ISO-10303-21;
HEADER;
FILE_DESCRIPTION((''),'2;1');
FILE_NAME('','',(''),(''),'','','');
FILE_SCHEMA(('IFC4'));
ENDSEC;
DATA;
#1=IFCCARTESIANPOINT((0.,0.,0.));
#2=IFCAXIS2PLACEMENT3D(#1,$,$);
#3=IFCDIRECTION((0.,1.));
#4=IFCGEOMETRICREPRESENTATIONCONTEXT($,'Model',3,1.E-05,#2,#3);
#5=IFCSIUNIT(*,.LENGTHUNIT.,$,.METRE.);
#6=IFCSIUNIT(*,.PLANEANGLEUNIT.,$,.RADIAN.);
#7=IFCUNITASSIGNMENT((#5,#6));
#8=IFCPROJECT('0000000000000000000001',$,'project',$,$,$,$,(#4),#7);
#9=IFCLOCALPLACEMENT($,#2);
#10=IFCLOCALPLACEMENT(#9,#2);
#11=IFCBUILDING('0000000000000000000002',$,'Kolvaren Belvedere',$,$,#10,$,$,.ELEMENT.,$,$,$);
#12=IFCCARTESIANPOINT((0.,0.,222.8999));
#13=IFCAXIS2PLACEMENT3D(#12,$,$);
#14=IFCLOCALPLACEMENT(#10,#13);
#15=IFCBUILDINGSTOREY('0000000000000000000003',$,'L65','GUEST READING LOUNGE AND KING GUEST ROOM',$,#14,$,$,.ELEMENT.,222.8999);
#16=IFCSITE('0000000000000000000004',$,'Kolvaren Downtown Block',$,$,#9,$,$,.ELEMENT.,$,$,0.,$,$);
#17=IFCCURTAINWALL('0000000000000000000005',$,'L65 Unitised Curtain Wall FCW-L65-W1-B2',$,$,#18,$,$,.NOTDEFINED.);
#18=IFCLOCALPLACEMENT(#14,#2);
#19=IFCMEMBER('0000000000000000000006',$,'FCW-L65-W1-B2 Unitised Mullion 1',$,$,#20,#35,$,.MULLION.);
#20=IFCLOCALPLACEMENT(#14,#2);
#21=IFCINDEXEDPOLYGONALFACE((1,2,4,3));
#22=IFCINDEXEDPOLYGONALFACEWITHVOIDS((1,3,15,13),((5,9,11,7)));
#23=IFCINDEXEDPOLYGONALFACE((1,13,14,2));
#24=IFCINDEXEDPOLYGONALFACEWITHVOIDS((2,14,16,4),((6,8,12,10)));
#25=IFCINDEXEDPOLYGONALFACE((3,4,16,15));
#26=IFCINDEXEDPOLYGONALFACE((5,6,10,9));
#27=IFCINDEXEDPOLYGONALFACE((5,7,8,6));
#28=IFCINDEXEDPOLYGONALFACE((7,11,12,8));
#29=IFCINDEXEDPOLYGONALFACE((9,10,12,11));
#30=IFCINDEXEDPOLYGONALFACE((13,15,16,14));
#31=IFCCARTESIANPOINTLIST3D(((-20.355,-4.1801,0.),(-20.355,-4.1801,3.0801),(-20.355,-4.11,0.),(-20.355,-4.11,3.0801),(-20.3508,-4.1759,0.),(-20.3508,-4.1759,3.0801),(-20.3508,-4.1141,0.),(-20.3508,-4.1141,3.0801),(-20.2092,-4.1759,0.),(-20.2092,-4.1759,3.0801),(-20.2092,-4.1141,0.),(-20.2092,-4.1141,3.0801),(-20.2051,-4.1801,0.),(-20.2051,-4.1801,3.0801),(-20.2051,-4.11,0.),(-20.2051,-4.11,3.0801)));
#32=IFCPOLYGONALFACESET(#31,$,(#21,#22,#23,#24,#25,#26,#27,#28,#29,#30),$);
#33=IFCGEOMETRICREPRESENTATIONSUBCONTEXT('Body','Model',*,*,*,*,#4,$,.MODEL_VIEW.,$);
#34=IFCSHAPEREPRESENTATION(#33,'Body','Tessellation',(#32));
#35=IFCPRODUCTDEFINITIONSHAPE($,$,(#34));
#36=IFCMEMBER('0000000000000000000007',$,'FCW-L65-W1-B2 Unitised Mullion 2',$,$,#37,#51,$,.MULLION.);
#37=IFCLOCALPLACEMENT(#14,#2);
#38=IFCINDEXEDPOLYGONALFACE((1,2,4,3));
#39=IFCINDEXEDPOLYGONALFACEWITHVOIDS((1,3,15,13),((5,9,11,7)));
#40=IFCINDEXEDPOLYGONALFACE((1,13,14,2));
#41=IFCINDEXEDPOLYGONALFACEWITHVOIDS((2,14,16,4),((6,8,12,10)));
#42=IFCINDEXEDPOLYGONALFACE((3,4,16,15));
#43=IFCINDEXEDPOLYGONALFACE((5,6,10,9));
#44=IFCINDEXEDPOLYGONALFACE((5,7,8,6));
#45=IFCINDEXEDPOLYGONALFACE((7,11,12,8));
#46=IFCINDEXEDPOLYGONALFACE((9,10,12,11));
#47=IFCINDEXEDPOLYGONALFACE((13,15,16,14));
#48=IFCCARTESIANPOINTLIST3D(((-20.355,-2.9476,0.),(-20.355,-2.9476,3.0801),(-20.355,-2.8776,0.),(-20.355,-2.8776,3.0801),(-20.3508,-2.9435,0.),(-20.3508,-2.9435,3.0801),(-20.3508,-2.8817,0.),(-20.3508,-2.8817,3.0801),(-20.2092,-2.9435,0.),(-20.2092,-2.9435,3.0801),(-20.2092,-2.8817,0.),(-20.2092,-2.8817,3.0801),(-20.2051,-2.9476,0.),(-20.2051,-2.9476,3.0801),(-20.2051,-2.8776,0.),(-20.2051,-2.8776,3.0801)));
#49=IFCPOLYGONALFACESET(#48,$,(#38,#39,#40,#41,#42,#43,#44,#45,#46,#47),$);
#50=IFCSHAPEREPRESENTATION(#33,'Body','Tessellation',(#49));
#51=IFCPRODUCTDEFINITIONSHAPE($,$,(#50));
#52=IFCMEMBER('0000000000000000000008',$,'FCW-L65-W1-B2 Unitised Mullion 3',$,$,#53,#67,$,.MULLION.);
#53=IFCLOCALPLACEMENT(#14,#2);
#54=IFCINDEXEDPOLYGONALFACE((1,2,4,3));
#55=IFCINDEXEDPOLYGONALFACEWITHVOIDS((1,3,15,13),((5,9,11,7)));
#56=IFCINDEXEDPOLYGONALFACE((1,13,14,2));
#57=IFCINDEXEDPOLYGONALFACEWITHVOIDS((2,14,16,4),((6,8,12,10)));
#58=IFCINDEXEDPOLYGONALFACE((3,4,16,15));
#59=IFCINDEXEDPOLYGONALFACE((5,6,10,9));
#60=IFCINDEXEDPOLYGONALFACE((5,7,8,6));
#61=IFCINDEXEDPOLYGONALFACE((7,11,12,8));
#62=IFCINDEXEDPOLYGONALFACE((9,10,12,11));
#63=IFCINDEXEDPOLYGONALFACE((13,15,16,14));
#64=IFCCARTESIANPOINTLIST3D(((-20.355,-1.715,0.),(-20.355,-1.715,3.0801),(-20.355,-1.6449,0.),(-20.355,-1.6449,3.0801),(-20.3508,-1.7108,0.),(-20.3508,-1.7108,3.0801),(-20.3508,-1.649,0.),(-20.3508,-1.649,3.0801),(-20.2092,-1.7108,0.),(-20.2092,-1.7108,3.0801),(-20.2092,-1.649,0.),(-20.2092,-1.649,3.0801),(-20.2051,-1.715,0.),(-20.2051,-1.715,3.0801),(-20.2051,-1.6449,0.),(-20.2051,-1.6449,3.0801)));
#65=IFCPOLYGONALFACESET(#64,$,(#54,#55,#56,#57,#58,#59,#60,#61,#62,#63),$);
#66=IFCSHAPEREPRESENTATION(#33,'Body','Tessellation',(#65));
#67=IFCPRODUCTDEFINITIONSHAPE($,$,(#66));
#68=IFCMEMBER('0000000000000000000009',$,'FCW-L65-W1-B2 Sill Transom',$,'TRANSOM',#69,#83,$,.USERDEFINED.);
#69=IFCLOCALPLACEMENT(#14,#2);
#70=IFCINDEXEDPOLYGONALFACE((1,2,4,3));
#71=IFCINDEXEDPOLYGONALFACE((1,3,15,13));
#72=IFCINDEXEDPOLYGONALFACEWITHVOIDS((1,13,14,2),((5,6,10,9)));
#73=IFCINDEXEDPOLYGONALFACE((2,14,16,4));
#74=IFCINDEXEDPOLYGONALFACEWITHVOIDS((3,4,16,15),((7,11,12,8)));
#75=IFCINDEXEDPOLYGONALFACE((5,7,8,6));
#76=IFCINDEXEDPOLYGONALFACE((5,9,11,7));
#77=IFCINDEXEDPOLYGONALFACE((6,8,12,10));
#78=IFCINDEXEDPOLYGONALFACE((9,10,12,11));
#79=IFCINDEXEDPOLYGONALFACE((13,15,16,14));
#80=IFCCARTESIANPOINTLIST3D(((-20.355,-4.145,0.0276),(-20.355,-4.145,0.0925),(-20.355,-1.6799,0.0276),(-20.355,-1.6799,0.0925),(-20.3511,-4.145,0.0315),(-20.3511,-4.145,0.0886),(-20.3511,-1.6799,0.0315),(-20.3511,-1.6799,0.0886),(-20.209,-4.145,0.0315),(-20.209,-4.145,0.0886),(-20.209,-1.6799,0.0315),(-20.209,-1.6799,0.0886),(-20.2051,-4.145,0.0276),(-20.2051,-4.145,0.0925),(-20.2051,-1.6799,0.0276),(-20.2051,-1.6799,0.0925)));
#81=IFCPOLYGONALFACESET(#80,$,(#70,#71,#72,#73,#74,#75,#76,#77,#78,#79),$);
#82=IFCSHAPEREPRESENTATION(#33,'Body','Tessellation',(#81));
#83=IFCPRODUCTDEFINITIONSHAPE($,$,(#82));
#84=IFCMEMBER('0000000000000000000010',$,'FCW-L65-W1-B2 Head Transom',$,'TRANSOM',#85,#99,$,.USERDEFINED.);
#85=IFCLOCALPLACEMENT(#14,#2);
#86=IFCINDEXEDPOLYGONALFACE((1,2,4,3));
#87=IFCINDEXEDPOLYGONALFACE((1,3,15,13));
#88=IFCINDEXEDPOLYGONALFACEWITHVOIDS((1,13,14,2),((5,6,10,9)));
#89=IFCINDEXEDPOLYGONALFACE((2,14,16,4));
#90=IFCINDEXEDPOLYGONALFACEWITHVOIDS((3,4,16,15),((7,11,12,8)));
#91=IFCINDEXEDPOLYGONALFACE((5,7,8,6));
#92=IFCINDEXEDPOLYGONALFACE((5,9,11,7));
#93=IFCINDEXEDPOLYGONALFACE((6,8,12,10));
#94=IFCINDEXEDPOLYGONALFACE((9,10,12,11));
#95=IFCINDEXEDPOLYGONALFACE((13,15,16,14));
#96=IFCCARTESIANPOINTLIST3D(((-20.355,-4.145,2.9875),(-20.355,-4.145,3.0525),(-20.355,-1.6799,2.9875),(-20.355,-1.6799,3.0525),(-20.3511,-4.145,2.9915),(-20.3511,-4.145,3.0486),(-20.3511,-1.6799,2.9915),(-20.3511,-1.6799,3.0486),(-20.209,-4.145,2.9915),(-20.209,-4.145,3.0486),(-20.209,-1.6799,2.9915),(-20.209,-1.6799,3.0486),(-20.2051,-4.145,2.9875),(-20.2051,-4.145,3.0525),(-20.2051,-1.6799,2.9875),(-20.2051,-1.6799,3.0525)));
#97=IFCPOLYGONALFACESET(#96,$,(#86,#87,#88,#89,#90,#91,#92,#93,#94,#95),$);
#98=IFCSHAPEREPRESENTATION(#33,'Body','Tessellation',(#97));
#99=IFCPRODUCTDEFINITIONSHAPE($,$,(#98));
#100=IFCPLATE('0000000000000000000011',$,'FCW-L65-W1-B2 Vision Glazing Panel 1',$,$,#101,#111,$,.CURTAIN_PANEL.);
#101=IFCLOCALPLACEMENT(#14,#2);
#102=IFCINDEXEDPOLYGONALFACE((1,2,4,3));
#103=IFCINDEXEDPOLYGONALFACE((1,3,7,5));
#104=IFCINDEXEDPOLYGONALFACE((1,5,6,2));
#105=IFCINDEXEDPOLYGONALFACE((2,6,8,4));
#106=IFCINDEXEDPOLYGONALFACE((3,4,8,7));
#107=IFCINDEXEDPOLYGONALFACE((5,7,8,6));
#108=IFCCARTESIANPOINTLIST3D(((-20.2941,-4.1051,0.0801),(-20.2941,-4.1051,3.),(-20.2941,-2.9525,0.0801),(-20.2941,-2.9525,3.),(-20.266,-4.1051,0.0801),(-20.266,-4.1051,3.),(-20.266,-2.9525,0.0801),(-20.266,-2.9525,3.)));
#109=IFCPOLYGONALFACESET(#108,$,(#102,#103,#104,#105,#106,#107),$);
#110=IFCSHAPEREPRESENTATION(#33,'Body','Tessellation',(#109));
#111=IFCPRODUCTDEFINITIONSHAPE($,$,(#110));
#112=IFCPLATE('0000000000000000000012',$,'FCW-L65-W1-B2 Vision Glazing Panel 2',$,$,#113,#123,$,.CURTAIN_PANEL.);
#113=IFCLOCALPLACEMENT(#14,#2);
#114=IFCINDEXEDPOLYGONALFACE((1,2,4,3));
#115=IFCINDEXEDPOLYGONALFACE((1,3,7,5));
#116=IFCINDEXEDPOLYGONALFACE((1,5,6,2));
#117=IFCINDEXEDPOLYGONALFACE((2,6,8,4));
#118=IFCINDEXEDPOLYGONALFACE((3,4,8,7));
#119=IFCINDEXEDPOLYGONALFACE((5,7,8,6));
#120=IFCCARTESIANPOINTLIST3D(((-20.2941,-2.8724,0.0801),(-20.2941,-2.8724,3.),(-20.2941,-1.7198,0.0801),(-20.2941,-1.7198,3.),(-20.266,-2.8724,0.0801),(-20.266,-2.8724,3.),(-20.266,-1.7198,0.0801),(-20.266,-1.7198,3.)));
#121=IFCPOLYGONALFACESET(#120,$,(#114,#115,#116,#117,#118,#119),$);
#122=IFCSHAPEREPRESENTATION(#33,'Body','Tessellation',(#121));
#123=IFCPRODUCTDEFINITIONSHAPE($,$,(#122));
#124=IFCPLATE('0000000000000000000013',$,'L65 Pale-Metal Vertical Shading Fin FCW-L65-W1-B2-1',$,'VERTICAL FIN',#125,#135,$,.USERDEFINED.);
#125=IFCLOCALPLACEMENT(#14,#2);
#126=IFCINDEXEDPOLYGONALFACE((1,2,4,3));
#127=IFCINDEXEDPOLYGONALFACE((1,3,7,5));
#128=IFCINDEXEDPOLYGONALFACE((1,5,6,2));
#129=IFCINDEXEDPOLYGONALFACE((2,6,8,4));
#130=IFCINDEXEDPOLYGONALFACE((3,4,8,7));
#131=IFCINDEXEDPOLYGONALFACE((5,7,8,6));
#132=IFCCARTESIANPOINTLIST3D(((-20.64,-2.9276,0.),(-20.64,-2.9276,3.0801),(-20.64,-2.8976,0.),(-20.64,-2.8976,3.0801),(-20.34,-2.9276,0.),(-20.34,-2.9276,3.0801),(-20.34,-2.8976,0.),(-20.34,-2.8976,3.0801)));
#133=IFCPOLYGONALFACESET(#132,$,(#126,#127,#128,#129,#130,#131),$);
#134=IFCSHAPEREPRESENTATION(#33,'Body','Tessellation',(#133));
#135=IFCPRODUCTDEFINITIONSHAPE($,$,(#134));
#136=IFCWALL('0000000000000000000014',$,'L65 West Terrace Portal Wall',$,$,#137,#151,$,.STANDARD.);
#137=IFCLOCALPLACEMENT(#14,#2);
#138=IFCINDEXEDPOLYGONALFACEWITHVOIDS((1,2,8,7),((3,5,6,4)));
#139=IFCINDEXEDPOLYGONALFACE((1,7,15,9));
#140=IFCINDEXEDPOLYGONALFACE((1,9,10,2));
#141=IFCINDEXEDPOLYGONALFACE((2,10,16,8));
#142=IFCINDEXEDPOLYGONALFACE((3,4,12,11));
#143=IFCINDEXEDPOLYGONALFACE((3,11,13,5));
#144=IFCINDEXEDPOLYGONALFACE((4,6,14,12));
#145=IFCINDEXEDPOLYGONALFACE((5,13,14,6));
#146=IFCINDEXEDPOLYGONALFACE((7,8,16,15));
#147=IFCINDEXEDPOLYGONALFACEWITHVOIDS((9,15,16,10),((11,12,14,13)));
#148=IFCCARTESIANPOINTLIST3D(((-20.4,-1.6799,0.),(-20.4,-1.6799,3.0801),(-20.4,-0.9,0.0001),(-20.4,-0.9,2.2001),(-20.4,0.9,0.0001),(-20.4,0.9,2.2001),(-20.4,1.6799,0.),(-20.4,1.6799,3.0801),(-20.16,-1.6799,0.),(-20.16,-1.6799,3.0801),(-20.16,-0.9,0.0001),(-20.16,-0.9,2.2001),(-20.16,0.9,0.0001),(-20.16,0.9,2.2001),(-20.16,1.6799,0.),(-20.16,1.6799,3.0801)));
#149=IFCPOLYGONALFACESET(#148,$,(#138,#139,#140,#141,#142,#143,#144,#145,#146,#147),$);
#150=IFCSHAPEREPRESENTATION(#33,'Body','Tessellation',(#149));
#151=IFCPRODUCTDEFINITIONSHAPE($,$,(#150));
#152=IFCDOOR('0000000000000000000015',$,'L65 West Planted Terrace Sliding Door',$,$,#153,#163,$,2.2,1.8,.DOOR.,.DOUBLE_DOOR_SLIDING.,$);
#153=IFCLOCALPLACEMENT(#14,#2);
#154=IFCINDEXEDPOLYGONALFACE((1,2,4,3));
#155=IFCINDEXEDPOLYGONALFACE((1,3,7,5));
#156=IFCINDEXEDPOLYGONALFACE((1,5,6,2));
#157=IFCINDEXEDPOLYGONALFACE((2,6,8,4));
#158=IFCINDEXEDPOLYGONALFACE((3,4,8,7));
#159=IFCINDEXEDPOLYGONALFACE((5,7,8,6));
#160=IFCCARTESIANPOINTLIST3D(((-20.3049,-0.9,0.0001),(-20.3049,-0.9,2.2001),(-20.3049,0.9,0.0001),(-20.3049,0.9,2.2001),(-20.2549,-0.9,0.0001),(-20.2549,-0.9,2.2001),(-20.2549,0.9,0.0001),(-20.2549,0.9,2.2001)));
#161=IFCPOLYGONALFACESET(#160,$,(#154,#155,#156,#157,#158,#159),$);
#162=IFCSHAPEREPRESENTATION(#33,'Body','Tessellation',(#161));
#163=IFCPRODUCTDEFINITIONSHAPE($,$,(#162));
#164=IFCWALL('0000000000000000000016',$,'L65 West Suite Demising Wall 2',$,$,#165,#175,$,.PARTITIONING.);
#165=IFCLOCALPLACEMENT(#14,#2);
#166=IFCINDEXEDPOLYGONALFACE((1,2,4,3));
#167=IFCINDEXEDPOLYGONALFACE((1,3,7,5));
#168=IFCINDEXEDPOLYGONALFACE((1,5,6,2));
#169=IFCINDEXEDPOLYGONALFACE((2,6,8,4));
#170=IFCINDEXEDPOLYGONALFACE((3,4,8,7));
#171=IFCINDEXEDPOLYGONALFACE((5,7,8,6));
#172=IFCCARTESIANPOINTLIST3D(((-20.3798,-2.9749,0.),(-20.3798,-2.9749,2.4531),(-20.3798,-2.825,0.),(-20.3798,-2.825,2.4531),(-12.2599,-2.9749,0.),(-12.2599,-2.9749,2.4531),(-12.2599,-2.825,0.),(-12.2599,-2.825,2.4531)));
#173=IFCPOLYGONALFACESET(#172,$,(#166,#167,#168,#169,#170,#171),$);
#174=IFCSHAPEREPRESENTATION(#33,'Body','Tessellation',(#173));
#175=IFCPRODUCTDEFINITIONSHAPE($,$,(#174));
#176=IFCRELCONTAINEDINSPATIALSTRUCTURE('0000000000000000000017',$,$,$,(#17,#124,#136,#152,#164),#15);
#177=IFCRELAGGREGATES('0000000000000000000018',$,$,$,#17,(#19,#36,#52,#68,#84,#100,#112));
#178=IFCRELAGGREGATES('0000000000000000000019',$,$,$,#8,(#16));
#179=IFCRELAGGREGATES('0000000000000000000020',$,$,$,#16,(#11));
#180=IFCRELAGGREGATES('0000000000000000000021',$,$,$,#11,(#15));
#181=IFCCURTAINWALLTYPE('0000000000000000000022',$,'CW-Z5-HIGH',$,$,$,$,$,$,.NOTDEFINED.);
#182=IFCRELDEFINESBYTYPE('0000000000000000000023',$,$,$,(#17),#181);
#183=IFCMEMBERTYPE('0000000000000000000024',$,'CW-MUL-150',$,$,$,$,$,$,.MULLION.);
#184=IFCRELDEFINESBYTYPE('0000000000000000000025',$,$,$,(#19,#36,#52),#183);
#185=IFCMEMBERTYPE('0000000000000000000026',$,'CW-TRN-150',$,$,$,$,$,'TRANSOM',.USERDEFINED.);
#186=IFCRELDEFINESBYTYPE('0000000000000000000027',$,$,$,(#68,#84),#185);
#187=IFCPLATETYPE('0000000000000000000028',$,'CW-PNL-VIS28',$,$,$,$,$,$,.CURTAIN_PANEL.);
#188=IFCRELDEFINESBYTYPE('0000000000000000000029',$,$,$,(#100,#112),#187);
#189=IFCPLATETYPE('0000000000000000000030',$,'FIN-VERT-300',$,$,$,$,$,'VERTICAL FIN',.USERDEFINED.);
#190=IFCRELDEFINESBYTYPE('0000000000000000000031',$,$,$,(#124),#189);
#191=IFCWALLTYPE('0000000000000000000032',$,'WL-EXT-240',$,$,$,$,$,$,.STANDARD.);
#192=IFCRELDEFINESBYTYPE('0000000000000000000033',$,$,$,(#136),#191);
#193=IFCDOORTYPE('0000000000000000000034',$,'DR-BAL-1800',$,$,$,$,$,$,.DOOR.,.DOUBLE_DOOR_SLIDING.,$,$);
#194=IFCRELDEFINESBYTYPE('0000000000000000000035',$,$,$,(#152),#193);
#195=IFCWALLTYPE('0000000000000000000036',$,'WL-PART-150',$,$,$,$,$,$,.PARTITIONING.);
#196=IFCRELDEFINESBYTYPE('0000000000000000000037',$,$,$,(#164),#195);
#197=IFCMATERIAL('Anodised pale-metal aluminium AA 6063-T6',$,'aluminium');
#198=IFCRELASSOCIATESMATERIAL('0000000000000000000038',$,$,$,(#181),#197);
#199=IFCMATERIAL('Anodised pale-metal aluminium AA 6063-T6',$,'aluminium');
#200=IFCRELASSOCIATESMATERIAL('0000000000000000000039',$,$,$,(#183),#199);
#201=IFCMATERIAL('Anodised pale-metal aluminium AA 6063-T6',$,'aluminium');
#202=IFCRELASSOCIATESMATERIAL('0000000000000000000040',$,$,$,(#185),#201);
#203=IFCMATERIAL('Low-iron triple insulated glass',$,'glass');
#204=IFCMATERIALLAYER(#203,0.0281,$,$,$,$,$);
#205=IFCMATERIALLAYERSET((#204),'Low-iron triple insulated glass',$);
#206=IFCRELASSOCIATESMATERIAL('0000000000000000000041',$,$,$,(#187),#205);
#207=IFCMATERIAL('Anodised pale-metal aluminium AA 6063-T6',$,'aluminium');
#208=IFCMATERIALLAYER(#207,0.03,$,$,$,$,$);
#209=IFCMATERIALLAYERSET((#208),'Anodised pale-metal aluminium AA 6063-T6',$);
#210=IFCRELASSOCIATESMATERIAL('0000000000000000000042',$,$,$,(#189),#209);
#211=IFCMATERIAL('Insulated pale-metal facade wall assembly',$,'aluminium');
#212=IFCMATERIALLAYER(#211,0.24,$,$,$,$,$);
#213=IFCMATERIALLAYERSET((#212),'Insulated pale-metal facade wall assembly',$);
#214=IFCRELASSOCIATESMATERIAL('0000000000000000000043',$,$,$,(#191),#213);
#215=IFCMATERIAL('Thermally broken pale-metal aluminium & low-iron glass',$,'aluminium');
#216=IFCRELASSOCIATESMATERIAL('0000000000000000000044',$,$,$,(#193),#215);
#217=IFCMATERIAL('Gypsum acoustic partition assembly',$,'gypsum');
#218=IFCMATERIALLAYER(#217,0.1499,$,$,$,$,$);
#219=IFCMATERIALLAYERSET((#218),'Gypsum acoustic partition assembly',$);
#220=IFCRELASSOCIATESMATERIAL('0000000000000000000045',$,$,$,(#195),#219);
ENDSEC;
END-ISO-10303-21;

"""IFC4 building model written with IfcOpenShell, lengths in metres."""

from ifc_helpers import new_model, si_unit, direction, frame, frame_2d, origin, origin_2d, place, context, subcontext, project, spatial, rectangle, hollow_rectangle, extrude, material, layer, layer_set, material_profile, profile_set, type_object, element, fill, aggregate, save


model = new_model("IFC4")

# Units and contexts
model_context = context("Model", 3, precision=1e-05, world=origin(), true_north=direction((0.0, 1.0)))
body_context = subcontext(model_context, "Body", "Model", "MODEL_VIEW")
ifc_project = project(units=[si_unit("LENGTHUNIT", "METRE"), si_unit("PLANEANGLEUNIT", "RADIAN")], contexts=[model_context])

# Site, building, storey
site_placement = place(None, origin())
site = spatial("IfcSite", under=ifc_project, at=site_placement, Name="Kolvaren Downtown Block", CompositionType="ELEMENT", RefElevation=0.0)
building_placement = place(site_placement, origin())
building = spatial("IfcBuilding", under=site, at=building_placement, Name="Kolvaren Belvedere", CompositionType="ELEMENT")
storey_placement = place(building_placement, frame((0.0, 0.0, 222.8999)))
storey = spatial("IfcBuildingStorey", under=building, at=storey_placement, Name="L65", Description="GUEST READING LOUNGE AND KING GUEST ROOM", CompositionType="ELEMENT", Elevation=222.8999)

# Shared definitions
ifc_material_1 = material(Name="Anodised pale-metal aluminium AA 6063-T6", Category="aluminium")
curtain_wall_type = type_object("IfcCurtainWallType", Name="CW-Z5-HIGH", PredefinedType="NOTDEFINED", material=ifc_material_1)
ifc_material_2 = material(Name="Anodised pale-metal aluminium AA 6063-T6", Category="aluminium")
ifc_material_profile_1 = material_profile(ifc_material_2, hollow_rectangle(XDim=0.0701, YDim=0.1499, WallThickness=0.0042, at=origin_2d()), Name="ALU-MUL-150X70")
ifc_profile_set_1 = profile_set([ifc_material_profile_1], Name="Anodised pale-metal aluminium AA 6063-T6")
member_type_1 = type_object("IfcMemberType", Name="CW-MUL-150", PredefinedType="MULLION", material=ifc_profile_set_1)

# Curtain wall, members, plates
curtain_wall_1_placement = place(storey_placement, origin())
curtain_wall_1 = element("IfcCurtainWall", 1, at=curtain_wall_1_placement, inside=storey, type_object=curtain_wall_type, Name="L65 Unitised Curtain Wall FCW-L65-W1-B2", PredefinedType="NOTDEFINED")
member_1_placement = place(storey_placement, frame((-20.28, -4.145, 0.0), z_axis=(0.0, 0.0, 1.0), x_axis=(0.0, 1.0, 0.0)))
member_1 = element("IfcMember", 2, at=member_1_placement, type_object=member_type_1, Name="FCW-L65-W1-B2 Unitised Mullion 1", PredefinedType="MULLION", context=body_context, shape_type="SweptSolid", body=[
    extrude(hollow_rectangle(XDim=0.0701, YDim=0.1499, WallThickness=0.0042, at=origin_2d()), origin(), (0.0, 0.0, 1.0), 3.0801),
])
member_2_placement = place(storey_placement, frame((-20.28, -2.9126, 0.0), z_axis=(0.0, 0.0, 1.0), x_axis=(0.0, 1.0, 0.0)))
member_2 = element("IfcMember", 3, at=member_2_placement, type_object=member_type_1, Name="FCW-L65-W1-B2 Unitised Mullion 2", PredefinedType="MULLION", context=body_context, shape_type="SweptSolid", body=[
    extrude(hollow_rectangle(XDim=0.0701, YDim=0.1499, WallThickness=0.0042, at=origin_2d()), origin(), (0.0, 0.0, 1.0), 3.0801),
])
member_3_placement = place(storey_placement, frame((-20.28, -1.6799, 0.0), z_axis=(0.0, 0.0, 1.0), x_axis=(0.0, 1.0, 0.0)))
member_3 = element("IfcMember", 4, at=member_3_placement, type_object=member_type_1, Name="FCW-L65-W1-B2 Unitised Mullion 3", PredefinedType="MULLION", context=body_context, shape_type="SweptSolid", body=[
    extrude(hollow_rectangle(XDim=0.0701, YDim=0.1499, WallThickness=0.0042, at=origin_2d()), origin(), (0.0, 0.0, 1.0), 3.0801),
])
ifc_material_3 = material(Name="Anodised pale-metal aluminium AA 6063-T6", Category="aluminium")
ifc_material_profile_2 = material_profile(ifc_material_3, hollow_rectangle(XDim=0.0649, YDim=0.1499, WallThickness=0.0039, at=origin_2d()), Name="ALU-TRN-150X65")
ifc_profile_set_2 = profile_set([ifc_material_profile_2], Name="Anodised pale-metal aluminium AA 6063-T6")
member_type_2 = type_object("IfcMemberType", Name="CW-TRN-150", ElementType="TRANSOM", PredefinedType="USERDEFINED", material=ifc_profile_set_2)
member_4_placement = place(storey_placement, frame((-20.28, -4.145, 0.0601), z_axis=(0.0, 1.0, 0.0), x_axis=(0.0, 0.0, 1.0)))
member_4 = element("IfcMember", 5, at=member_4_placement, type_object=member_type_2, Name="FCW-L65-W1-B2 Sill Transom", ObjectType="TRANSOM", PredefinedType="USERDEFINED", context=body_context, shape_type="SweptSolid", body=[
    extrude(hollow_rectangle(XDim=0.0649, YDim=0.1499, WallThickness=0.0039, at=origin_2d()), origin(), (0.0, 0.0, 1.0), 2.4651),
])
member_5_placement = place(storey_placement, frame((-20.28, -4.145, 3.02), z_axis=(0.0, 1.0, 0.0), x_axis=(0.0, 0.0, 1.0)))
member_5 = element("IfcMember", 6, at=member_5_placement, type_object=member_type_2, Name="FCW-L65-W1-B2 Head Transom", ObjectType="TRANSOM", PredefinedType="USERDEFINED", context=body_context, shape_type="SweptSolid", body=[
    extrude(hollow_rectangle(XDim=0.0649, YDim=0.1499, WallThickness=0.0039, at=origin_2d()), origin(), (0.0, 0.0, 1.0), 2.4651),
])
ifc_material_4 = material(Name="Low-iron triple insulated glass", Category="glass")
ifc_layer_1 = layer(ifc_material_4, 0.0281)
ifc_layer_set_1 = layer_set([ifc_layer_1], Name="Low-iron triple insulated glass")
plate_type_1 = type_object("IfcPlateType", Name="CW-PNL-VIS28", PredefinedType="CURTAIN_PANEL", material=ifc_layer_set_1)
plate_1_placement = place(storey_placement, frame((-20.28, -3.5288, 0.0801), z_axis=(0.0, 0.0, 1.0), x_axis=(0.0, 1.0, 0.0)))
plate_1 = element("IfcPlate", 7, at=plate_1_placement, type_object=plate_type_1, Name="FCW-L65-W1-B2 Vision Glazing Panel 1", PredefinedType="CURTAIN_PANEL", context=body_context, shape_type="SweptSolid", body=[
    extrude(rectangle(XDim=1.1526, YDim=0.0281, at=origin_2d()), origin(), (0.0, 0.0, 1.0), 2.9199),
])
plate_2_placement = place(storey_placement, frame((-20.28, -2.2961, 0.0801), z_axis=(0.0, 0.0, 1.0), x_axis=(0.0, 1.0, 0.0)))
plate_2 = element("IfcPlate", 8, at=plate_2_placement, type_object=plate_type_1, Name="FCW-L65-W1-B2 Vision Glazing Panel 2", PredefinedType="CURTAIN_PANEL", context=body_context, shape_type="SweptSolid", body=[
    extrude(rectangle(XDim=1.1526, YDim=0.0281, at=origin_2d()), origin(), (0.0, 0.0, 1.0), 2.9199),
])
aggregate(curtain_wall_1, [member_1, member_2, member_3, member_4, member_5, plate_1, plate_2])

# Plate
ifc_material_5 = material(Name="Anodised pale-metal aluminium AA 6063-T6", Category="aluminium")
ifc_layer_2 = layer(ifc_material_5, 0.03)
ifc_layer_set_2 = layer_set([ifc_layer_2], Name="Anodised pale-metal aluminium AA 6063-T6")
plate_type_2 = type_object("IfcPlateType", Name="FIN-VERT-300", ElementType="VERTICAL FIN", PredefinedType="USERDEFINED", material=ifc_layer_set_2)
plate_3_placement = place(storey_placement, frame((-20.49, -2.9126, 0.0), z_axis=(0.0, 0.0, 1.0), x_axis=(1.0, 0.0, 0.0)))
element("IfcPlate", 9, at=plate_3_placement, inside=storey, type_object=plate_type_2, Name="L65 Pale-Metal Vertical Shading Fin FCW-L65-W1-B2-1", ObjectType="VERTICAL FIN", PredefinedType="USERDEFINED", context=body_context, shape_type="SweptSolid", body=[
    extrude(rectangle(XDim=0.3, YDim=0.03, at=origin_2d()), origin(), (0.0, 0.0, 1.0), 3.0801),
])

# Wall, opening, door
ifc_material_6 = material(Name="Insulated pale-metal facade wall assembly", Category="aluminium")
ifc_layer_3 = layer(ifc_material_6, 0.24)
ifc_layer_set_3 = layer_set([ifc_layer_3], Name="Insulated pale-metal facade wall assembly")
wall_type_1 = type_object("IfcWallType", Name="WL-EXT-240", PredefinedType="STANDARD", material=ifc_layer_set_3)
wall_1_placement = place(storey_placement, frame((-20.28, -1.6799, 0.0), z_axis=(0.0, 0.0, 1.0), x_axis=(0.0, 1.0, 0.0)))
wall_1 = element("IfcWall", 10, at=wall_1_placement, inside=storey, type_object=wall_type_1, Name="L65 West Terrace Portal Wall", PredefinedType="STANDARD", context=body_context, shape_type="SweptSolid", body=[
    extrude(rectangle(XDim=3.3599, YDim=0.24, at=frame_2d((1.6799, 0.0))), origin(), (0.0, 0.0, 1.0), 3.0801),
])
opening_placement = place(wall_1_placement, frame((0.78, 0.0, 0.0)))
opening = element("IfcOpeningElement", 11, at=opening_placement, cuts=wall_1, PredefinedType="OPENING", context=body_context, shape_type="SweptSolid", body=[
    extrude(rectangle(XDim=1.8, YDim=2.2, at=frame_2d((0.8999, 1.1001))), frame((0.0, 0.1299, 0.0), z_axis=(0.0, -1.0, 0.0), x_axis=(1.0, 0.0, 0.0)), (0.0, 0.0, 1.0), 0.26),
])
ifc_material_7 = material(Name="Thermally broken pale-metal aluminium & low-iron glass", Category="aluminium")
door_type = type_object("IfcDoorType", Name="DR-BAL-1800", OperationType="DOUBLE_DOOR_SLIDING", PredefinedType="DOOR", material=ifc_material_7)
door_placement = place(opening_placement, origin())
door = element("IfcDoor", 12, at=door_placement, inside=storey, type_object=door_type, Name="L65 West Planted Terrace Sliding Door", OperationType="DOUBLE_DOOR_SLIDING", OverallHeight=2.2, OverallWidth=1.8, PredefinedType="DOOR", context=body_context, shape_type="SweptSolid", body=[
    extrude(rectangle(XDim=1.8, YDim=2.2, at=frame_2d((0.8999, 1.1001))), frame((0.0, 0.0249, 0.0), z_axis=(0.0, -1.0, 0.0), x_axis=(1.0, 0.0, 0.0)), (0.0, 0.0, 1.0), 0.05),
])
fill(opening, door)

# Wall
ifc_material_8 = material(Name="Gypsum acoustic partition assembly", Category="gypsum")
ifc_layer_4 = layer(ifc_material_8, 0.1499)
ifc_layer_set_4 = layer_set([ifc_layer_4], Name="Gypsum acoustic partition assembly")
wall_type_2 = type_object("IfcWallType", Name="WL-PART-150", PredefinedType="PARTITIONING", material=ifc_layer_set_4)
wall_2_placement = place(storey_placement, frame((-20.3799, -2.8999, 0.0), z_axis=(0.0, 0.0, 1.0), x_axis=(1.0, 0.0, 0.0)))
element("IfcWall", 13, at=wall_2_placement, inside=storey, type_object=wall_type_2, Name="L65 West Suite Demising Wall 2", PredefinedType="PARTITIONING", context=body_context, shape_type="SweptSolid", body=[
    extrude(rectangle(XDim=8.1199, YDim=0.1499, at=frame_2d((4.0601, 0.0))), origin(), (0.0, 0.0, 1.0), 2.4531),
])

save(model, "model.ifc")
